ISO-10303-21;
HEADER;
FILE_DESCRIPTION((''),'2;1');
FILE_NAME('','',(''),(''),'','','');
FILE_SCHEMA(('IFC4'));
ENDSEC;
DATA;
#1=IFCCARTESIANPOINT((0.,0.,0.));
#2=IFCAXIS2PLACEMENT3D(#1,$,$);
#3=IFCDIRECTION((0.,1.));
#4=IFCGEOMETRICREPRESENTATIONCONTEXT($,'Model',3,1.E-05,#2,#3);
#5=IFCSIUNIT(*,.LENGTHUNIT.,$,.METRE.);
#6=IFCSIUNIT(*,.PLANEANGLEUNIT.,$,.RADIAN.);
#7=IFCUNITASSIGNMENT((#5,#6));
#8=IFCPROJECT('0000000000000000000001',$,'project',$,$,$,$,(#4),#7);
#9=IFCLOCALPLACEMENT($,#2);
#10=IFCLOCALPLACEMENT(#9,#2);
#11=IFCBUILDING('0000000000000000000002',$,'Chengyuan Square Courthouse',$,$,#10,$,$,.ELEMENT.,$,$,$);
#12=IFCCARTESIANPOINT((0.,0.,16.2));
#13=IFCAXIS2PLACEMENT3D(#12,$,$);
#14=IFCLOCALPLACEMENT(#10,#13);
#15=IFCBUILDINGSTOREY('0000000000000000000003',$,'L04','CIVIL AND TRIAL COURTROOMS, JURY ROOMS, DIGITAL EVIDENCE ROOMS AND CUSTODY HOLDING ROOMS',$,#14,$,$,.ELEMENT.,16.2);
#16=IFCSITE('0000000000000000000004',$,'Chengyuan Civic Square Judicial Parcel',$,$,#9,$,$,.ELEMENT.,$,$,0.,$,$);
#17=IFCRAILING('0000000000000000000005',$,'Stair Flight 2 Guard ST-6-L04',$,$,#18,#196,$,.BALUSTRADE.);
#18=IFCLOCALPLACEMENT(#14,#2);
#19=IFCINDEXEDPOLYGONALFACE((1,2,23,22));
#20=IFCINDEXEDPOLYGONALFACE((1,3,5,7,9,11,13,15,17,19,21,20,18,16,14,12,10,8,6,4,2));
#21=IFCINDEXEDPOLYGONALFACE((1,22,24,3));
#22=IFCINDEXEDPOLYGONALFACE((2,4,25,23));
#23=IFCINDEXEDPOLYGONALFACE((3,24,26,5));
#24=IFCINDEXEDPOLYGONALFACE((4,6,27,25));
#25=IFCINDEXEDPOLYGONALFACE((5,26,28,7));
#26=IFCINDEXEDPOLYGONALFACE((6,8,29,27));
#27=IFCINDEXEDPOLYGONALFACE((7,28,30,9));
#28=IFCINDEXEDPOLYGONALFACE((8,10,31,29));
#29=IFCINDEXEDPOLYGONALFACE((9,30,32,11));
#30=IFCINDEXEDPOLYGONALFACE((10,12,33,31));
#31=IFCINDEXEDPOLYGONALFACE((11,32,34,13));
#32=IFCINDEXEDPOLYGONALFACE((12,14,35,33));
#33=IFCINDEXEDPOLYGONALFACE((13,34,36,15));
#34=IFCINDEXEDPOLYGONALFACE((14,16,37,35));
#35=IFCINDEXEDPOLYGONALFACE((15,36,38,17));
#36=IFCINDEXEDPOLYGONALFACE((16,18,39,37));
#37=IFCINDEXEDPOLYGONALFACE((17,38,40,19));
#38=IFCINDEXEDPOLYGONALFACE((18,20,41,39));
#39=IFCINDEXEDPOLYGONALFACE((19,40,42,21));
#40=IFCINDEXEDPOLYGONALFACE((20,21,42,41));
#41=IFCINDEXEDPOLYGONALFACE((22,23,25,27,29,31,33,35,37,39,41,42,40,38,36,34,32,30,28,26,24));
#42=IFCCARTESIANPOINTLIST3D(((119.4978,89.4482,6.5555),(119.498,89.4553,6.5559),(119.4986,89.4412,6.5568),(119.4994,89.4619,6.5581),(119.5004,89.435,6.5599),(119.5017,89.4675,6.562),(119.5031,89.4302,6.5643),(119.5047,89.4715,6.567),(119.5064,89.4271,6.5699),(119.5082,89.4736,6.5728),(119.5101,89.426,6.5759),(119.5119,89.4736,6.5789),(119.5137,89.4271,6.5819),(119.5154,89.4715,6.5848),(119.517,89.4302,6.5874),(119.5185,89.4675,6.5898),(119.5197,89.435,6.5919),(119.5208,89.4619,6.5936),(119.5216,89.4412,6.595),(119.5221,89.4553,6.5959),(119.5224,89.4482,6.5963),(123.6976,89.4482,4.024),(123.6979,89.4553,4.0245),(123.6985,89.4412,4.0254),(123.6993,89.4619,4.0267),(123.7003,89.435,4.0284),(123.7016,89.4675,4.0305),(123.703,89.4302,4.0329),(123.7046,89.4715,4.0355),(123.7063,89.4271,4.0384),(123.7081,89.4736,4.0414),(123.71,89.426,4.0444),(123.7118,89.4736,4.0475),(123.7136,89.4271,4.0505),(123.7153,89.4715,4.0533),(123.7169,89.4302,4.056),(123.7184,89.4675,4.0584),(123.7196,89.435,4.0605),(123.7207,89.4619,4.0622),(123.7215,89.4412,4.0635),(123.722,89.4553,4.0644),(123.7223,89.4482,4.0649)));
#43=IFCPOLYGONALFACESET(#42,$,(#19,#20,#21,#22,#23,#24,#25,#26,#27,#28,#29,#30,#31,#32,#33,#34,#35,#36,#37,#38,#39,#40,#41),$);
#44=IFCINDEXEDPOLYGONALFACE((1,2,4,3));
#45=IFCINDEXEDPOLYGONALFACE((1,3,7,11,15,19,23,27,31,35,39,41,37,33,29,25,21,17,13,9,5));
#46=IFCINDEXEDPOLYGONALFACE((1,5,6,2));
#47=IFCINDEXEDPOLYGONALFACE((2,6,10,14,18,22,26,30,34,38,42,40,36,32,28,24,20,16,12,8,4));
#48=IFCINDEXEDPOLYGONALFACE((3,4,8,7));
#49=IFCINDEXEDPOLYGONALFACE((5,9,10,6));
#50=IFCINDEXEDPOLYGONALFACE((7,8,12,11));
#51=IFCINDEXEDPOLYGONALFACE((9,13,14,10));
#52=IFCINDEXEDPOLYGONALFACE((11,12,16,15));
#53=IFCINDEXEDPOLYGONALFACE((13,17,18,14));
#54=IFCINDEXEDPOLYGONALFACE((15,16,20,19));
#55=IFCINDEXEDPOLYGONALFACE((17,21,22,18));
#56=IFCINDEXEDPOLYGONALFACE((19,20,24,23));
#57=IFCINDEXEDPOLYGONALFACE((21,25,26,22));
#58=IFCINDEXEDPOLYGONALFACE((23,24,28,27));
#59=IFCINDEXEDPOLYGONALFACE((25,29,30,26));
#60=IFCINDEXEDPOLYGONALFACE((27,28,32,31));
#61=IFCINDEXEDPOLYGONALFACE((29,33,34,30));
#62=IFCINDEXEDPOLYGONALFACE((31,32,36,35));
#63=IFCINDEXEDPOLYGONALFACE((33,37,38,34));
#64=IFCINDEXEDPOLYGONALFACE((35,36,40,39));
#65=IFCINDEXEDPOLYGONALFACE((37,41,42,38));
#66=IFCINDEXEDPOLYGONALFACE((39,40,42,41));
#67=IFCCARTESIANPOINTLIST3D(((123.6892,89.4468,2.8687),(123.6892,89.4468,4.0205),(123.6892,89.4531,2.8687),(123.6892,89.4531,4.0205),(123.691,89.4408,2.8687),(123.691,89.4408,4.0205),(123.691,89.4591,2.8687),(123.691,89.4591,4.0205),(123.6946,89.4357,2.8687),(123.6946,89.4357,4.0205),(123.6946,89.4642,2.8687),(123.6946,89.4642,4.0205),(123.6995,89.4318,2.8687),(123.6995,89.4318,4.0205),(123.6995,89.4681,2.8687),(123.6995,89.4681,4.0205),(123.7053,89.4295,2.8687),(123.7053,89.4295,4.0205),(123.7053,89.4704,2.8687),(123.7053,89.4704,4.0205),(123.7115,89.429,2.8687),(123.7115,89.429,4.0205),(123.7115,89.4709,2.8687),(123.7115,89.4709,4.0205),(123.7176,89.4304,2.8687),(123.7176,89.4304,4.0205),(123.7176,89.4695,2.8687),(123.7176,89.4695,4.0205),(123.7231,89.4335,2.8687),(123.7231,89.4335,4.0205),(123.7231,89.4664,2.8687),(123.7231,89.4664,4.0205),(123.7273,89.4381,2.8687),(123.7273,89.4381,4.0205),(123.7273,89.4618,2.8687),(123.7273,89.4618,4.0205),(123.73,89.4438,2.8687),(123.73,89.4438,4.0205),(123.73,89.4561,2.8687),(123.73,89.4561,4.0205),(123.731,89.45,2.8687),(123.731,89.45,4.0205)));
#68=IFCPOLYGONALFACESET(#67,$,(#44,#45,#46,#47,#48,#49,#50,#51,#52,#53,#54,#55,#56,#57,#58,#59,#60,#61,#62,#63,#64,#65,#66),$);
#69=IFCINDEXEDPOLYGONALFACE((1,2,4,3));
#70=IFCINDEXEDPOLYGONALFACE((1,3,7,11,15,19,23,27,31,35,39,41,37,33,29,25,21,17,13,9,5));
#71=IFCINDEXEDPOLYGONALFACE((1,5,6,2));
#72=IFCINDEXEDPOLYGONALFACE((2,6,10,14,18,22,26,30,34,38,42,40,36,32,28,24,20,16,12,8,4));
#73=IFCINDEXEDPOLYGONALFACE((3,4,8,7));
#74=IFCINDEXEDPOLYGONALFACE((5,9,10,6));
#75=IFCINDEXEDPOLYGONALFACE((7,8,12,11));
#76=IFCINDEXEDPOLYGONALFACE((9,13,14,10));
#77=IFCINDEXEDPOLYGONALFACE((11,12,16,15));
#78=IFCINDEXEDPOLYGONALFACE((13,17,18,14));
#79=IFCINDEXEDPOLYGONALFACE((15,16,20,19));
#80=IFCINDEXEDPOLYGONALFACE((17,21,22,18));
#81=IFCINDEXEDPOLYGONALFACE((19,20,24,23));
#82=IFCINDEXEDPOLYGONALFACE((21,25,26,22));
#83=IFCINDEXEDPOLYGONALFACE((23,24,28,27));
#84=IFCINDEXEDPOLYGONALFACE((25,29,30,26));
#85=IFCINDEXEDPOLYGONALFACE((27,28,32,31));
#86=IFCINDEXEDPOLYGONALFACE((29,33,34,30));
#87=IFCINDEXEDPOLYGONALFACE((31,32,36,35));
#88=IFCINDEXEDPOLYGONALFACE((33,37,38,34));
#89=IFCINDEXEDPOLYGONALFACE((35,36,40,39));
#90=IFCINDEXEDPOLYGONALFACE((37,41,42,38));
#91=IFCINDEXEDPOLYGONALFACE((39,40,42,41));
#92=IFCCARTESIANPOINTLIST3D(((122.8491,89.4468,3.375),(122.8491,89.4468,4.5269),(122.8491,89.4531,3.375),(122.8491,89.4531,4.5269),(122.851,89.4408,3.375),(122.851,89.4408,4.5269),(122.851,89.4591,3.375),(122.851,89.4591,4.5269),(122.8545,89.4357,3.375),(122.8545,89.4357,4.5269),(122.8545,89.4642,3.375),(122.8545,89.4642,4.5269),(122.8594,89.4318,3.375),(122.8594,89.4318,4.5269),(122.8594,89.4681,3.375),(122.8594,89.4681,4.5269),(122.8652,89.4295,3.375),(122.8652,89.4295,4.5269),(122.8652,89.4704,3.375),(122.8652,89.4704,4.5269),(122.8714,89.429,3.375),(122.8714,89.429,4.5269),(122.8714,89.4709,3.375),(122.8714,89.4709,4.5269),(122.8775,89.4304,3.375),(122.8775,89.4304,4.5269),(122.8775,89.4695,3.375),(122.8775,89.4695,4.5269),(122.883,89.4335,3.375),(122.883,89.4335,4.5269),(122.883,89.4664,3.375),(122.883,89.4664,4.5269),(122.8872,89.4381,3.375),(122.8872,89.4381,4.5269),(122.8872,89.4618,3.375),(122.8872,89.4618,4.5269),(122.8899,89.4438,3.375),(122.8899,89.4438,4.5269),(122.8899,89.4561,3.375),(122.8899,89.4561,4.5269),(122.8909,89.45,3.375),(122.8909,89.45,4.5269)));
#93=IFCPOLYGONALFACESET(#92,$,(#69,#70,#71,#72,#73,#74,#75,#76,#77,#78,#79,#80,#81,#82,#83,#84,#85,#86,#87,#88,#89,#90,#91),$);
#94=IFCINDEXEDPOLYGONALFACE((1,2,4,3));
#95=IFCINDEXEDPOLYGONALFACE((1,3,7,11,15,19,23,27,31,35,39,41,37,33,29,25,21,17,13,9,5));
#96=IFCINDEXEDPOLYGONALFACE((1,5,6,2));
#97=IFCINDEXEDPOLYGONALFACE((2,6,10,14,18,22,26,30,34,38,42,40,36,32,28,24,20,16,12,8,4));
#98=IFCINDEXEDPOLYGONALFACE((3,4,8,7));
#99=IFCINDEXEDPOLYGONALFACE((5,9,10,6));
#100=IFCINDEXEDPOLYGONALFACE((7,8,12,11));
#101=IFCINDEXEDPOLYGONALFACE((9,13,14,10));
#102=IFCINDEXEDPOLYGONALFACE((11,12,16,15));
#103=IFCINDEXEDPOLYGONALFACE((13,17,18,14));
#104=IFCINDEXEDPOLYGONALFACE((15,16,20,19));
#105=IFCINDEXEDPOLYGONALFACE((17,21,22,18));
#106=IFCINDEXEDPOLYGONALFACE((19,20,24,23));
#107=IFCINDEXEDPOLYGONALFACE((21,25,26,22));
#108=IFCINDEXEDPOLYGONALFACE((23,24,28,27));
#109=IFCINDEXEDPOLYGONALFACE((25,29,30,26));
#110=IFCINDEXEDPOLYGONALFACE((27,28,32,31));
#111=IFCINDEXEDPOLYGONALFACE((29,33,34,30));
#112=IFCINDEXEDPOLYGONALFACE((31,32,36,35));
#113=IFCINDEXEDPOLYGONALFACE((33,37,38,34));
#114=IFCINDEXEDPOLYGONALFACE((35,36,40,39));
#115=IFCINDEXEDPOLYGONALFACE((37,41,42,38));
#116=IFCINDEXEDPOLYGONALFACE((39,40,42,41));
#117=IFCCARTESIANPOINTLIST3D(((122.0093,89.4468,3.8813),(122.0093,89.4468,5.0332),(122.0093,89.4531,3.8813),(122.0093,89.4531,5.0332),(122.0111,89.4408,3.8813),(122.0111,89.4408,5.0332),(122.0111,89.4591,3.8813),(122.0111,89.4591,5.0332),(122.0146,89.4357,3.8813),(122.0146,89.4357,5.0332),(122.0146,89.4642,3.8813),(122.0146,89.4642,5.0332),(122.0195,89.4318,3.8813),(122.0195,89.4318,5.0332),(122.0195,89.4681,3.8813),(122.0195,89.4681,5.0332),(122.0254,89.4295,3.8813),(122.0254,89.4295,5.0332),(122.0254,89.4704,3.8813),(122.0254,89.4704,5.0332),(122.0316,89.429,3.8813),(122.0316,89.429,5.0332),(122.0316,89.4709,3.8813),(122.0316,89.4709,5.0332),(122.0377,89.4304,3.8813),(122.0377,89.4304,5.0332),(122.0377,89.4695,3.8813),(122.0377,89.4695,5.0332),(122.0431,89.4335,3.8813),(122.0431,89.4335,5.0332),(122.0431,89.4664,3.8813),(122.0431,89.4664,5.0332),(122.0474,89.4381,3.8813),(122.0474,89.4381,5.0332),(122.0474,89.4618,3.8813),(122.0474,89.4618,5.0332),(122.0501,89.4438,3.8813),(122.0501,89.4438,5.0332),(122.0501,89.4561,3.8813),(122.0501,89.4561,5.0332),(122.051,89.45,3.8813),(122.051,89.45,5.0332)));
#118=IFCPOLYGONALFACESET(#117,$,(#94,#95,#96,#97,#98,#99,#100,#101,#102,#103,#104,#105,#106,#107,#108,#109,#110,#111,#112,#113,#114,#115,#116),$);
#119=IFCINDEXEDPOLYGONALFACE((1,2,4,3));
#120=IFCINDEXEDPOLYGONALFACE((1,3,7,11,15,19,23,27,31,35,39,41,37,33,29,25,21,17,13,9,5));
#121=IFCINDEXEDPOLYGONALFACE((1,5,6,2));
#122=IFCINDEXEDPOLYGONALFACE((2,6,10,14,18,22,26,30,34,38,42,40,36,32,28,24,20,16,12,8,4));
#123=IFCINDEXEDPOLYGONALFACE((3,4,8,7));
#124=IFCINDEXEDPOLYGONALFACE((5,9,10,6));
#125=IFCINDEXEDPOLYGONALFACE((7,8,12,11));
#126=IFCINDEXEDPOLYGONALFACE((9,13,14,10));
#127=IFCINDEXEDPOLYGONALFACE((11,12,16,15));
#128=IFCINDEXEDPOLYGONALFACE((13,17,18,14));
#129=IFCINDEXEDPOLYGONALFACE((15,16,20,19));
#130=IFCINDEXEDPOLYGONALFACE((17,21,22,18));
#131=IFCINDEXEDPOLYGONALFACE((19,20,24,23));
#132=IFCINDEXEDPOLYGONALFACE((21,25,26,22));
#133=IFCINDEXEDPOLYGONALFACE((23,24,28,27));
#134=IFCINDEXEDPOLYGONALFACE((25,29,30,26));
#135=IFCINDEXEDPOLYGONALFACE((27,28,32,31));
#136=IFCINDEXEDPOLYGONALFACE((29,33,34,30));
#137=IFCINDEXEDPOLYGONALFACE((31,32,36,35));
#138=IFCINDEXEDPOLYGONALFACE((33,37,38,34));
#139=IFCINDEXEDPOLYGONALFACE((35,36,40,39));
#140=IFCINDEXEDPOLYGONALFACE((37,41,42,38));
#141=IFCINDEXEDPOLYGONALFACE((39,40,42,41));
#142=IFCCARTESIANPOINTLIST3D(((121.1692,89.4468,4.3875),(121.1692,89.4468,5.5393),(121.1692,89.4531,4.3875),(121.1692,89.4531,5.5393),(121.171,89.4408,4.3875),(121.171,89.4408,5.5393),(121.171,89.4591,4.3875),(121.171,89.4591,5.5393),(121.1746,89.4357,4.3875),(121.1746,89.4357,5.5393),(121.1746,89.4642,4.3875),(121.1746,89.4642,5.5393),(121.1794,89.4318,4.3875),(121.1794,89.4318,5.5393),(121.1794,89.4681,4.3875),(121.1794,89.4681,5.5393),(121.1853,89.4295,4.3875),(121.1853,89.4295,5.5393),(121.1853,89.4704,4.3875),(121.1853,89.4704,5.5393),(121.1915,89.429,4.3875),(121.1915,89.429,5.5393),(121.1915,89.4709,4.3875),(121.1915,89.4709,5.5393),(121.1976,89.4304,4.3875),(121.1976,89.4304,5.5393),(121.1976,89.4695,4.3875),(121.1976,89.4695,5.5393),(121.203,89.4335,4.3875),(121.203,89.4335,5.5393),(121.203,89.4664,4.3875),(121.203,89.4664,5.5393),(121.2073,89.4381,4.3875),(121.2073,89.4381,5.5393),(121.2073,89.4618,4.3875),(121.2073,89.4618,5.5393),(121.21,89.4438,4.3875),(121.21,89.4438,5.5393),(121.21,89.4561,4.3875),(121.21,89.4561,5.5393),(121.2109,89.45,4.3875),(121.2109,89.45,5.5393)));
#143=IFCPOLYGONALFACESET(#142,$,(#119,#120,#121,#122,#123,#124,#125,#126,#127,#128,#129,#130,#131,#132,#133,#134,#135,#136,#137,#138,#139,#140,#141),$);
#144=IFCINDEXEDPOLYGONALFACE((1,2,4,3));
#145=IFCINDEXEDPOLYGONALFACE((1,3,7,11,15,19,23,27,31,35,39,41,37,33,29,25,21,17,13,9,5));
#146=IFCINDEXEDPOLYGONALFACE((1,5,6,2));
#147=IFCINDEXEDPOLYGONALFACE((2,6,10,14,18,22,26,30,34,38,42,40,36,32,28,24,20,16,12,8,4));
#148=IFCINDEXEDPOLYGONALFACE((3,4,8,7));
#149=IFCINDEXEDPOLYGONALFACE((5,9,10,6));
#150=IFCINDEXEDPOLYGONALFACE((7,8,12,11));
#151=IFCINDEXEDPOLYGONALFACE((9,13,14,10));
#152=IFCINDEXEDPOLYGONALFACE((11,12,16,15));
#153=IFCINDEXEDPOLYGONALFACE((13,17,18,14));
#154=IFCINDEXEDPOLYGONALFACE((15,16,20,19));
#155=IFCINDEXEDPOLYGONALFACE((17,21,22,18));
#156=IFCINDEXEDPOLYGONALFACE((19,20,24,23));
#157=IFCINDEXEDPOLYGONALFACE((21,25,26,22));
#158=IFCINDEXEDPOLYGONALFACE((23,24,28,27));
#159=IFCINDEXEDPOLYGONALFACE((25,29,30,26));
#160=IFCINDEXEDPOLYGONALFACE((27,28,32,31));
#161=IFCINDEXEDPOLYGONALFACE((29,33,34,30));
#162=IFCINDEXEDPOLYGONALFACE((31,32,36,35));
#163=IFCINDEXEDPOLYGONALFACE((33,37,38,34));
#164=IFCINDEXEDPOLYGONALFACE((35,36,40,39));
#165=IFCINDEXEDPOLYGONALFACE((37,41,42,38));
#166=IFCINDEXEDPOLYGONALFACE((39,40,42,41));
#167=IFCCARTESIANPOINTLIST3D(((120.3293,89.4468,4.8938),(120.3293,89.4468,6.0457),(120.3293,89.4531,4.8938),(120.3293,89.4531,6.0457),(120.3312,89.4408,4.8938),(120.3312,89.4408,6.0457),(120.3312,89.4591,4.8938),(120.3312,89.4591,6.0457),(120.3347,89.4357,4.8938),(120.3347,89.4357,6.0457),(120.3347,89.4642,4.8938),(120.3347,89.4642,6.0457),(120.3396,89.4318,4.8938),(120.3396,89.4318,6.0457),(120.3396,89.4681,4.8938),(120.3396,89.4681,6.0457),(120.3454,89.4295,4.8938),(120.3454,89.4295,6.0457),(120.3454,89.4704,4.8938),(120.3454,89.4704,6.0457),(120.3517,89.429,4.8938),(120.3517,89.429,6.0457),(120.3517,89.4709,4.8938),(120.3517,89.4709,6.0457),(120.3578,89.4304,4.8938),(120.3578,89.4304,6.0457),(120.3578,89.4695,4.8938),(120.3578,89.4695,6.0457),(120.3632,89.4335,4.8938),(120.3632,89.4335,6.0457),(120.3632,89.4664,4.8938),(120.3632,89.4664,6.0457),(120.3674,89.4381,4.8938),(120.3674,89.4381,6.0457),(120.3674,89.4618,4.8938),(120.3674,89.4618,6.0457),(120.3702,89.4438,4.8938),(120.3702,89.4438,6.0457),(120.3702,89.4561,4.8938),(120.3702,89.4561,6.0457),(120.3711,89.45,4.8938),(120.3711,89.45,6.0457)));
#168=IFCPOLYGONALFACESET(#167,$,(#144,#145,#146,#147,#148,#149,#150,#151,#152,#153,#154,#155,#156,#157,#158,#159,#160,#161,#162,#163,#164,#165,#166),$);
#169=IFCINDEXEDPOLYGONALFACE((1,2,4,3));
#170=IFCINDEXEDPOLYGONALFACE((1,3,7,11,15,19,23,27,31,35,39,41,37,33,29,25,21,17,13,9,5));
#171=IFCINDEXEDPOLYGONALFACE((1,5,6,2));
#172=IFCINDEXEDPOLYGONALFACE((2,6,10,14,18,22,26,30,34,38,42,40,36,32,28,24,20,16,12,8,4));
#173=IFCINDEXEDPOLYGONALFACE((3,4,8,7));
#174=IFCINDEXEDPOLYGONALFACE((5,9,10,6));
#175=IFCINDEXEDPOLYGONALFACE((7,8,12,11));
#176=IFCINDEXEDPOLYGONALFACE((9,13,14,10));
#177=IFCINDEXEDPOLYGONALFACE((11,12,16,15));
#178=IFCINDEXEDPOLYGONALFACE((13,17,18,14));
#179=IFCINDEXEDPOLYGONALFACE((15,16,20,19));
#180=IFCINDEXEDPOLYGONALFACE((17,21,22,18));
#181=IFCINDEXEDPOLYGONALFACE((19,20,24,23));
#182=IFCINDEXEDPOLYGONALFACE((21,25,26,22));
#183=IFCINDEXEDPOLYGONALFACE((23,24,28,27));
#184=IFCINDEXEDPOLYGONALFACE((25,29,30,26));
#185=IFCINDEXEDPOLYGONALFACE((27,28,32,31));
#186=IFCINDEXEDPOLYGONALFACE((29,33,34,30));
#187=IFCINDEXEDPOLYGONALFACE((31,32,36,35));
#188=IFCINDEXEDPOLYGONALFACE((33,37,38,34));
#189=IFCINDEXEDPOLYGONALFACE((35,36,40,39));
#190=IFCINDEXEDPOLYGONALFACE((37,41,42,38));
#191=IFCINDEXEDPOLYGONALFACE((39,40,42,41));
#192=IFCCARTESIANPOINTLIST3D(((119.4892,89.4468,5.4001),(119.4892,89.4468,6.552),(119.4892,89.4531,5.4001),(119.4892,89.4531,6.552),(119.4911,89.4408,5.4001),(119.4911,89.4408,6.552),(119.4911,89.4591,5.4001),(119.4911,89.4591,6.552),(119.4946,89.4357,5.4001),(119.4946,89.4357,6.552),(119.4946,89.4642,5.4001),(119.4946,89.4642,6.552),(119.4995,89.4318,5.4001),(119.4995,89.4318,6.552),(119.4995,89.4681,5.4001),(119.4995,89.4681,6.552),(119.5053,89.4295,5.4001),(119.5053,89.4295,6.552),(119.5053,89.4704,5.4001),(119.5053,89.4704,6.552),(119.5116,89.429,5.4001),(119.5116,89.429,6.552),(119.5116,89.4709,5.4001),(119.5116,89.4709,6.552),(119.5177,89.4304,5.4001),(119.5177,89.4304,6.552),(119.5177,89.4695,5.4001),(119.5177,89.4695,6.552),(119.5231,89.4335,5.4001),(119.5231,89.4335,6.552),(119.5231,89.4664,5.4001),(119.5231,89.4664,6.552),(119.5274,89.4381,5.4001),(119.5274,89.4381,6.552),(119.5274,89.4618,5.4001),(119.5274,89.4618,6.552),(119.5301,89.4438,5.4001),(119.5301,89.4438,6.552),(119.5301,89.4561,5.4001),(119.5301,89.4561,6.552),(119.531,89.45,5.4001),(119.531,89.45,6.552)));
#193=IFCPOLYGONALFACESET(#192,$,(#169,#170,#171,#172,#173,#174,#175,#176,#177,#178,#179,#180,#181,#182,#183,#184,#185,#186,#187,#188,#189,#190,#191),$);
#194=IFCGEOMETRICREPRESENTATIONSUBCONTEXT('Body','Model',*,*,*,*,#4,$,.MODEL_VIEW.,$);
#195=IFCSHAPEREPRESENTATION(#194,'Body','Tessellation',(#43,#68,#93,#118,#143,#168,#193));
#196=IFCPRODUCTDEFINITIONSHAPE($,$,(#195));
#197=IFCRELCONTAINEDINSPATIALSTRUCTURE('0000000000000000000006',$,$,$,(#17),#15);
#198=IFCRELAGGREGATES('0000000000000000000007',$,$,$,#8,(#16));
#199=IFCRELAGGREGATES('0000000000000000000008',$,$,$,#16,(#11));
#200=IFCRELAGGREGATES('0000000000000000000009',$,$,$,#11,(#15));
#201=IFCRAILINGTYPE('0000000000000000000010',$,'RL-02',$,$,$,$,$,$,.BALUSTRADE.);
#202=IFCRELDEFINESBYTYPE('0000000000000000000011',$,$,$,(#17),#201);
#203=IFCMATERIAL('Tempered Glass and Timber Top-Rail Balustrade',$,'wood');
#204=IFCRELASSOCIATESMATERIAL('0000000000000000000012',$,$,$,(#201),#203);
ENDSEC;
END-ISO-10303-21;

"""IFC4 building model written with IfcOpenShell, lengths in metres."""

from ifc_helpers import new_model, si_unit, direction, frame, origin, origin_2d, place, context, subcontext, project, spatial, circle, extrude, material, type_object, element, save


model = new_model("IFC4")

# Units and contexts
model_context = context("Model", 3, precision=1e-05, world=origin(), true_north=direction((0.0, 1.0)))
body_context = subcontext(model_context, "Body", "Model", "MODEL_VIEW")
ifc_project = project(units=[si_unit("LENGTHUNIT", "METRE"), si_unit("PLANEANGLEUNIT", "RADIAN")], contexts=[model_context])

# Site, building, storey
site_placement = place(None, origin())
site = spatial("IfcSite", under=ifc_project, at=site_placement, Name="Chengyuan Civic Square Judicial Parcel", CompositionType="ELEMENT", RefElevation=0.0)
building_placement = place(site_placement, origin())
building = spatial("IfcBuilding", under=site, at=building_placement, Name="Chengyuan Square Courthouse", CompositionType="ELEMENT")
storey_placement = place(building_placement, frame((0.0, 0.0, 16.2)))
storey = spatial("IfcBuildingStorey", under=building, at=storey_placement, Name="L04", Description="CIVIL AND TRIAL COURTROOMS, JURY ROOMS, DIGITAL EVIDENCE ROOMS AND CUSTODY HOLDING ROOMS", CompositionType="ELEMENT", Elevation=16.2)

# Railing
ifc_material_1 = material(Name="Tempered Glass and Timber Top-Rail Balustrade", Category="wood")
railing_type_1 = type_object("IfcRailingType", Name="RL-02", PredefinedType="BALUSTRADE", material=ifc_material_1)
railing_1_placement = place(storey_placement, frame((123.71, 89.45, 2.8687)))
element("IfcRailing", 1, at=railing_1_placement, inside=storey, type_object=railing_type_1, Name="Stair Flight 2 Guard ST-6-L04", PredefinedType="BALUSTRADE", context=body_context, shape_type="SweptSolid", body=[
    extrude(circle(Radius=0.0239, at=origin_2d()), frame((0.0, 0.0, 1.1758), z_axis=(-0.856454, 0.0, 0.516223), x_axis=(0.0, -1.0, 0.0)), (0.0, 0.0, 1.0), 4.9038),
    extrude(circle(Radius=0.021, at=origin_2d()), origin(), (0.0, 0.0, 1.0), 1.1519),
    extrude(circle(Radius=0.021, at=origin_2d()), frame((-0.8401, 0.0, 0.5063)), (0.0, 0.0, 1.0), 1.1519),
    extrude(circle(Radius=0.021, at=origin_2d()), frame((-1.6799, 0.0, 1.0127)), (0.0, 0.0, 1.0), 1.1519),
    extrude(circle(Radius=0.021, at=origin_2d()), frame((-2.52, 0.0, 1.5188)), (0.0, 0.0, 1.0), 1.1519),
    extrude(circle(Radius=0.021, at=origin_2d()), frame((-3.3599, 0.0, 2.0251)), (0.0, 0.0, 1.0), 1.1519),
    extrude(circle(Radius=0.021, at=origin_2d()), frame((-4.2, 0.0, 2.5315)), (0.0, 0.0, 1.0), 1.1519),
])

save(model, "model.ifc")
